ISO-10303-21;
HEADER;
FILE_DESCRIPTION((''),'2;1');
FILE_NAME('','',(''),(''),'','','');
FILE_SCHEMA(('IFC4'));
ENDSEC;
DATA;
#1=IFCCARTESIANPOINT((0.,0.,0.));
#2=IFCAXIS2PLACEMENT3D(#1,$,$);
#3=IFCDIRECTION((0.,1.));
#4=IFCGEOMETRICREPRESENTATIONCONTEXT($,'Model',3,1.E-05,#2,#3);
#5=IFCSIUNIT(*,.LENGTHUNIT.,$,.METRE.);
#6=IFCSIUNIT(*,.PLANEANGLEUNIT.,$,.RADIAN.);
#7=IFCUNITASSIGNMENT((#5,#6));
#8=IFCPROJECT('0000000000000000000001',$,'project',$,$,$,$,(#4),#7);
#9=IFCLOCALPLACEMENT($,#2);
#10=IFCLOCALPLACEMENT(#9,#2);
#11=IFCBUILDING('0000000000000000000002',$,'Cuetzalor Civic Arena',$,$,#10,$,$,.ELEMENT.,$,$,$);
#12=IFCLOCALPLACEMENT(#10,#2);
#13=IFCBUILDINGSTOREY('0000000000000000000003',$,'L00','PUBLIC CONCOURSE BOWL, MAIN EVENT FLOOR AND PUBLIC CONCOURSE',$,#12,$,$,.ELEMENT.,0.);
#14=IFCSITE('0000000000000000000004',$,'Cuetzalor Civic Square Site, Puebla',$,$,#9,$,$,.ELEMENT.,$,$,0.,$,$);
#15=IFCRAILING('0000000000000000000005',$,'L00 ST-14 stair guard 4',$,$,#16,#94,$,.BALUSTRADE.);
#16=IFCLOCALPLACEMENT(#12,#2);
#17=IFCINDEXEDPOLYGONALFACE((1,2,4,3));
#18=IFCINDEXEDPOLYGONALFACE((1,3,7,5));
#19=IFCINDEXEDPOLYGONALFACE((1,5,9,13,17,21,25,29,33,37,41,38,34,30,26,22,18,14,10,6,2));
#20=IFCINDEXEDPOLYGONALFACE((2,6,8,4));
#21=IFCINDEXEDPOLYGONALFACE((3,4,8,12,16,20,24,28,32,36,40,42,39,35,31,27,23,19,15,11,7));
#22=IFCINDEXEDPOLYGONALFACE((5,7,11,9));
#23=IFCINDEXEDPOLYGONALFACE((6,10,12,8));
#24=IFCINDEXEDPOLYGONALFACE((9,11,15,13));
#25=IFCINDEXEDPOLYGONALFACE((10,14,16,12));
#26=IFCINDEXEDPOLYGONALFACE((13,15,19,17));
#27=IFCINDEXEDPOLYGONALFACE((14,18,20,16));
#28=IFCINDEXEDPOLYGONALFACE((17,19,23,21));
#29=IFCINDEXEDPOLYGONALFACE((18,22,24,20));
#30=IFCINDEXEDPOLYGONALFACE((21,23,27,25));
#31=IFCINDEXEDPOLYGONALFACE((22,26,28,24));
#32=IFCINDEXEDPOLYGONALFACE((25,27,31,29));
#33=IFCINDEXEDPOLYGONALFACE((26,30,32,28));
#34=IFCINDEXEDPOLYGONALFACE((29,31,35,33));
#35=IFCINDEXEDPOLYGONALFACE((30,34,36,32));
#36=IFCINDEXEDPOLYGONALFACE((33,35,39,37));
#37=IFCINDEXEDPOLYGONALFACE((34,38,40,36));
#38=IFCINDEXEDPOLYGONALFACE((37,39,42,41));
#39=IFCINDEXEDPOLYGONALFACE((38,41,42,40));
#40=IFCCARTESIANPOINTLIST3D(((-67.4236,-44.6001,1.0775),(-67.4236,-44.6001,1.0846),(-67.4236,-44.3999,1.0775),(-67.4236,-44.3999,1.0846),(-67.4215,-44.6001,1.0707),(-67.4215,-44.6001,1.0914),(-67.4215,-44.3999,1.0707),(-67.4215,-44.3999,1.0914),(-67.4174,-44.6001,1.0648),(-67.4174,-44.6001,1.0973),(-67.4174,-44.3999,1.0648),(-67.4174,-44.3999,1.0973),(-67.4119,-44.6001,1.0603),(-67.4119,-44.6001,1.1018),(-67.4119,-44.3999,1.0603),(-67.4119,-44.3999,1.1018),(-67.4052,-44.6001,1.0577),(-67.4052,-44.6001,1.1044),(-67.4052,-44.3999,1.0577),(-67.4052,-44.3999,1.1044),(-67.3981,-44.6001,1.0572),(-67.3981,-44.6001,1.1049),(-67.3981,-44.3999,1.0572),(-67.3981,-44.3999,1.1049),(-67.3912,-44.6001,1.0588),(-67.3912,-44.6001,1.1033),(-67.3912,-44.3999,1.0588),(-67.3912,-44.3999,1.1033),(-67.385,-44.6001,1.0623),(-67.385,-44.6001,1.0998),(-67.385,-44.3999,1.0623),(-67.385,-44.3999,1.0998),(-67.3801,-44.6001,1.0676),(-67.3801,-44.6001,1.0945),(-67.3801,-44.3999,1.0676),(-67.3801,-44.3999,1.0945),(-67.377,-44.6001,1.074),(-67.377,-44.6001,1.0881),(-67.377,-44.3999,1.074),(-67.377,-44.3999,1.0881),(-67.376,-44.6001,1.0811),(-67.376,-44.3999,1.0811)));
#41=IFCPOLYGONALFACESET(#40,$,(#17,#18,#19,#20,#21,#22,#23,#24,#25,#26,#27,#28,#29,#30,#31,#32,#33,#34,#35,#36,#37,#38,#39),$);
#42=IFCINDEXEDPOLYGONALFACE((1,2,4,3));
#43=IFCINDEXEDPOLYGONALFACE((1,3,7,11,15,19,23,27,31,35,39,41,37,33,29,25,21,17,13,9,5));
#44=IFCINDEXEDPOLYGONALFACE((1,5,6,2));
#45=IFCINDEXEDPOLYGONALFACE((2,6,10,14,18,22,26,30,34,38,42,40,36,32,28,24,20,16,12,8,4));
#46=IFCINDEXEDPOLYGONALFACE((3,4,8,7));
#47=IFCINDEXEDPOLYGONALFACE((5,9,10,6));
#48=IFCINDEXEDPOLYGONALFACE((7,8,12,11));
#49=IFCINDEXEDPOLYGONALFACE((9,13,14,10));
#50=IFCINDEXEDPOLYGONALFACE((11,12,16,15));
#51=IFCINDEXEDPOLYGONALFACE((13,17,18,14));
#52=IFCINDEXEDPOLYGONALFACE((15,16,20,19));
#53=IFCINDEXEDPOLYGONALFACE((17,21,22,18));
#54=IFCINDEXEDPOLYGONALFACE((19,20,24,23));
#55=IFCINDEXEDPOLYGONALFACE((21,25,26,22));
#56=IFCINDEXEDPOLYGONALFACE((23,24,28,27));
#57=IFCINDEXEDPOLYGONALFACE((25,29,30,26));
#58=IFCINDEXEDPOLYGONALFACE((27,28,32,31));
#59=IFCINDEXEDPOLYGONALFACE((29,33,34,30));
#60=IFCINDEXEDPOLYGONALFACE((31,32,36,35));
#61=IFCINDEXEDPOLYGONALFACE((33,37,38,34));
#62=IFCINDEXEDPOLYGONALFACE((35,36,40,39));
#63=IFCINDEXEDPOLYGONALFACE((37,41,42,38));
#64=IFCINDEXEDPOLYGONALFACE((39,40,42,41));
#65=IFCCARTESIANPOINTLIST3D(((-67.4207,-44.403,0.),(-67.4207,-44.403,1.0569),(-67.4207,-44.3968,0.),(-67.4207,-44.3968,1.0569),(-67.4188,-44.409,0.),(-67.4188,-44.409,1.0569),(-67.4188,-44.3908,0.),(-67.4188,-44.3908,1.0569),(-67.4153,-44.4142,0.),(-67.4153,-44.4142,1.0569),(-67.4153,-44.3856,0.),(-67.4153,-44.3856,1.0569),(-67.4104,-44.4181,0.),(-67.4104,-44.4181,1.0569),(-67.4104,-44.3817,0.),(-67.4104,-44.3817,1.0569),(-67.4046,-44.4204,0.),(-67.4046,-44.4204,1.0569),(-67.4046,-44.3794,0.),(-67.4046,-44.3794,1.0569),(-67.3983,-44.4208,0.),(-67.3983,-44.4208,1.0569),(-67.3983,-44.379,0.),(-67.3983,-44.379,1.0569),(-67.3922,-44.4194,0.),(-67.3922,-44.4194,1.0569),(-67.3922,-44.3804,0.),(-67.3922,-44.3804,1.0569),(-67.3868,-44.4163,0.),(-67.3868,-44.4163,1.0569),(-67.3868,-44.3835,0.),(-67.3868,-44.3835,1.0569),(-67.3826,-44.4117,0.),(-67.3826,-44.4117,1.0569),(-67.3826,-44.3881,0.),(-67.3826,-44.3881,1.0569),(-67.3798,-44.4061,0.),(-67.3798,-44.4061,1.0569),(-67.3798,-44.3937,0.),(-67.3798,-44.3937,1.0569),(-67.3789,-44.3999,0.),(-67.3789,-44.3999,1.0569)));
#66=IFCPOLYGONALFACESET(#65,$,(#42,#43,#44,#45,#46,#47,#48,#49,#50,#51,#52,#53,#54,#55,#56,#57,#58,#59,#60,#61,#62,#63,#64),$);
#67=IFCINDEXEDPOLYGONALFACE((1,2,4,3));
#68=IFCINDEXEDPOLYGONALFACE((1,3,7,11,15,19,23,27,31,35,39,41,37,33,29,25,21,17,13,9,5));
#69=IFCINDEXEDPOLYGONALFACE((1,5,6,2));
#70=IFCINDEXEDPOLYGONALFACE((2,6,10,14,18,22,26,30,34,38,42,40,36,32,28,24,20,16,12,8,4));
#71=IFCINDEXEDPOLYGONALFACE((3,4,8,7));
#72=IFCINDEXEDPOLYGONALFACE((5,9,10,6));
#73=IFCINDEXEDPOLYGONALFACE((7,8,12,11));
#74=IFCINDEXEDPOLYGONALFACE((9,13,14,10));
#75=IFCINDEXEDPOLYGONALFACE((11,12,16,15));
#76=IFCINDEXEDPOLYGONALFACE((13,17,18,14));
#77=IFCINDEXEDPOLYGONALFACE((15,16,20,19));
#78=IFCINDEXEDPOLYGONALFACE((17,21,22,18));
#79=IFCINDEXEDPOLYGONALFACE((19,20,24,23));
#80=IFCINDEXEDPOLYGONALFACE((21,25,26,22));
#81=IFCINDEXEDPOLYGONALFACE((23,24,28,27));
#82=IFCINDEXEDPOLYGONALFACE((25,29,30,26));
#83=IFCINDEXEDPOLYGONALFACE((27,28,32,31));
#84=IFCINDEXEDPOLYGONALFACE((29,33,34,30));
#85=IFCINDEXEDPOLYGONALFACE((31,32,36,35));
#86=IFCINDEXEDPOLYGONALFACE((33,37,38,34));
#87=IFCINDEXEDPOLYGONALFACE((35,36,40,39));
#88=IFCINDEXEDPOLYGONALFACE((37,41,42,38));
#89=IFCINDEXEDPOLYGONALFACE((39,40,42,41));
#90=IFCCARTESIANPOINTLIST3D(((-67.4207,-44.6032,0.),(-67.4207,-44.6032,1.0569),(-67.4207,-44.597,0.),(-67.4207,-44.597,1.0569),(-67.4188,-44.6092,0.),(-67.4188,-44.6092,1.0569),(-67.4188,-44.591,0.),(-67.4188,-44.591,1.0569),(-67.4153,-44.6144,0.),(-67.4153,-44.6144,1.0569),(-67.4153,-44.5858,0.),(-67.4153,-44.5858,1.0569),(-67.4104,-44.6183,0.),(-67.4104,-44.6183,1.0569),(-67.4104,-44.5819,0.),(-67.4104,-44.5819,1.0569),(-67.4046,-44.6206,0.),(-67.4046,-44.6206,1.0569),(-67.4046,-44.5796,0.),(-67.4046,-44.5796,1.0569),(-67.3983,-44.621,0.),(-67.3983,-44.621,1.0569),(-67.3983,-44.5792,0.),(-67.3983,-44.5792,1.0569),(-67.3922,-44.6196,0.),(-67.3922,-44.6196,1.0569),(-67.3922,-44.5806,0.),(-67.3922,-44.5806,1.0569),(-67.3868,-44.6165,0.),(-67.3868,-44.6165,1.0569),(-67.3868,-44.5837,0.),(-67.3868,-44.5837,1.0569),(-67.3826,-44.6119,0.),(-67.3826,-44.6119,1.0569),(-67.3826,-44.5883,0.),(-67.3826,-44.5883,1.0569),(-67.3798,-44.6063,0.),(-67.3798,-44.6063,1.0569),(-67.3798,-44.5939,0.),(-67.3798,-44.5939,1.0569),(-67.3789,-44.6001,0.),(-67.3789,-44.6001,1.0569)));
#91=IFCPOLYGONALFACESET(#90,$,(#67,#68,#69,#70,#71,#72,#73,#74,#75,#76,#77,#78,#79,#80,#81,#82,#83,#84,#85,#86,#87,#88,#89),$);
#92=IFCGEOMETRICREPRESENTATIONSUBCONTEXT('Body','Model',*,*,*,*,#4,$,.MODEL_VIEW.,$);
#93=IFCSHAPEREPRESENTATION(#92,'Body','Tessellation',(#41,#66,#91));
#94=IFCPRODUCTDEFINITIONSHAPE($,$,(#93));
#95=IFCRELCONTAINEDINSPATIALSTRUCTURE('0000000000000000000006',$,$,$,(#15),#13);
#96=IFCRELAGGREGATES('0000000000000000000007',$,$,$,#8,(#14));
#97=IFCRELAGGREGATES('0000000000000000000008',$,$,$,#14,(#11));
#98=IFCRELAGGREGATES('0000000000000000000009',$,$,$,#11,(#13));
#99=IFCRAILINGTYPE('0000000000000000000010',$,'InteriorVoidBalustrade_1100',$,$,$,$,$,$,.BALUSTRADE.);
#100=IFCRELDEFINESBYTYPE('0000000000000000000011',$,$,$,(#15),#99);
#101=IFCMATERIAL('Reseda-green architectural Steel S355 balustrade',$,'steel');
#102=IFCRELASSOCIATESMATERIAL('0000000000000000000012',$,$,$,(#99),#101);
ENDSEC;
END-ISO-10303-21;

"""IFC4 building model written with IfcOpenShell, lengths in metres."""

from ifc_helpers import new_model, si_unit, direction, frame, origin, origin_2d, place, context, subcontext, project, spatial, circle, extrude, material, type_object, element, save


model = new_model("IFC4")

# Units and contexts
model_context = context("Model", 3, precision=1e-05, world=origin(), true_north=direction((0.0, 1.0)))
body_context = subcontext(model_context, "Body", "Model", "MODEL_VIEW")
ifc_project = project(units=[si_unit("LENGTHUNIT", "METRE"), si_unit("PLANEANGLEUNIT", "RADIAN")], contexts=[model_context])

# Site, building, storey
site_placement = place(None, origin())
site = spatial("IfcSite", under=ifc_project, at=site_placement, Name="Cuetzalor Civic Square Site, Puebla", CompositionType="ELEMENT", RefElevation=0.0)
building_placement = place(site_placement, origin())
building = spatial("IfcBuilding", under=site, at=building_placement, Name="Cuetzalor Civic Arena", CompositionType="ELEMENT")
storey_placement = place(building_placement, origin())
storey = spatial("IfcBuildingStorey", under=building, at=storey_placement, Name="L00", Description="PUBLIC CONCOURSE BOWL, MAIN EVENT FLOOR AND PUBLIC CONCOURSE", CompositionType="ELEMENT", Elevation=0.0)

# Railing
ifc_material_1 = material(Name="Reseda-green architectural Steel S355 balustrade", Category="steel")
railing_type_1 = type_object("IfcRailingType", Name="InteriorVoidBalustrade_1100", PredefinedType="BALUSTRADE", material=ifc_material_1)
railing_1_placement = place(storey_placement, frame((-67.3999, -44.3999, 0.0)))
element("IfcRailing", 1, at=railing_1_placement, inside=storey, type_object=railing_type_1, Name="L00 ST-14 stair guard 4", PredefinedType="BALUSTRADE", context=body_context, shape_type="SweptSolid", body=[
    extrude(circle(Radius=0.0239, at=origin_2d()), frame((0.0, 0.0, 1.0811), z_axis=(0.0, -1.0, 0.0), x_axis=(1.0, 0.0, 0.0)), (0.0, 0.0, 1.0), 0.2002),
    extrude(circle(Radius=0.021, at=origin_2d()), origin(), (0.0, 0.0, 1.0), 1.0569),
    extrude(circle(Radius=0.021, at=origin_2d()), frame((0.0, -0.2002, 0.0)), (0.0, 0.0, 1.0), 1.0569),
])

save(model, "model.ifc")
